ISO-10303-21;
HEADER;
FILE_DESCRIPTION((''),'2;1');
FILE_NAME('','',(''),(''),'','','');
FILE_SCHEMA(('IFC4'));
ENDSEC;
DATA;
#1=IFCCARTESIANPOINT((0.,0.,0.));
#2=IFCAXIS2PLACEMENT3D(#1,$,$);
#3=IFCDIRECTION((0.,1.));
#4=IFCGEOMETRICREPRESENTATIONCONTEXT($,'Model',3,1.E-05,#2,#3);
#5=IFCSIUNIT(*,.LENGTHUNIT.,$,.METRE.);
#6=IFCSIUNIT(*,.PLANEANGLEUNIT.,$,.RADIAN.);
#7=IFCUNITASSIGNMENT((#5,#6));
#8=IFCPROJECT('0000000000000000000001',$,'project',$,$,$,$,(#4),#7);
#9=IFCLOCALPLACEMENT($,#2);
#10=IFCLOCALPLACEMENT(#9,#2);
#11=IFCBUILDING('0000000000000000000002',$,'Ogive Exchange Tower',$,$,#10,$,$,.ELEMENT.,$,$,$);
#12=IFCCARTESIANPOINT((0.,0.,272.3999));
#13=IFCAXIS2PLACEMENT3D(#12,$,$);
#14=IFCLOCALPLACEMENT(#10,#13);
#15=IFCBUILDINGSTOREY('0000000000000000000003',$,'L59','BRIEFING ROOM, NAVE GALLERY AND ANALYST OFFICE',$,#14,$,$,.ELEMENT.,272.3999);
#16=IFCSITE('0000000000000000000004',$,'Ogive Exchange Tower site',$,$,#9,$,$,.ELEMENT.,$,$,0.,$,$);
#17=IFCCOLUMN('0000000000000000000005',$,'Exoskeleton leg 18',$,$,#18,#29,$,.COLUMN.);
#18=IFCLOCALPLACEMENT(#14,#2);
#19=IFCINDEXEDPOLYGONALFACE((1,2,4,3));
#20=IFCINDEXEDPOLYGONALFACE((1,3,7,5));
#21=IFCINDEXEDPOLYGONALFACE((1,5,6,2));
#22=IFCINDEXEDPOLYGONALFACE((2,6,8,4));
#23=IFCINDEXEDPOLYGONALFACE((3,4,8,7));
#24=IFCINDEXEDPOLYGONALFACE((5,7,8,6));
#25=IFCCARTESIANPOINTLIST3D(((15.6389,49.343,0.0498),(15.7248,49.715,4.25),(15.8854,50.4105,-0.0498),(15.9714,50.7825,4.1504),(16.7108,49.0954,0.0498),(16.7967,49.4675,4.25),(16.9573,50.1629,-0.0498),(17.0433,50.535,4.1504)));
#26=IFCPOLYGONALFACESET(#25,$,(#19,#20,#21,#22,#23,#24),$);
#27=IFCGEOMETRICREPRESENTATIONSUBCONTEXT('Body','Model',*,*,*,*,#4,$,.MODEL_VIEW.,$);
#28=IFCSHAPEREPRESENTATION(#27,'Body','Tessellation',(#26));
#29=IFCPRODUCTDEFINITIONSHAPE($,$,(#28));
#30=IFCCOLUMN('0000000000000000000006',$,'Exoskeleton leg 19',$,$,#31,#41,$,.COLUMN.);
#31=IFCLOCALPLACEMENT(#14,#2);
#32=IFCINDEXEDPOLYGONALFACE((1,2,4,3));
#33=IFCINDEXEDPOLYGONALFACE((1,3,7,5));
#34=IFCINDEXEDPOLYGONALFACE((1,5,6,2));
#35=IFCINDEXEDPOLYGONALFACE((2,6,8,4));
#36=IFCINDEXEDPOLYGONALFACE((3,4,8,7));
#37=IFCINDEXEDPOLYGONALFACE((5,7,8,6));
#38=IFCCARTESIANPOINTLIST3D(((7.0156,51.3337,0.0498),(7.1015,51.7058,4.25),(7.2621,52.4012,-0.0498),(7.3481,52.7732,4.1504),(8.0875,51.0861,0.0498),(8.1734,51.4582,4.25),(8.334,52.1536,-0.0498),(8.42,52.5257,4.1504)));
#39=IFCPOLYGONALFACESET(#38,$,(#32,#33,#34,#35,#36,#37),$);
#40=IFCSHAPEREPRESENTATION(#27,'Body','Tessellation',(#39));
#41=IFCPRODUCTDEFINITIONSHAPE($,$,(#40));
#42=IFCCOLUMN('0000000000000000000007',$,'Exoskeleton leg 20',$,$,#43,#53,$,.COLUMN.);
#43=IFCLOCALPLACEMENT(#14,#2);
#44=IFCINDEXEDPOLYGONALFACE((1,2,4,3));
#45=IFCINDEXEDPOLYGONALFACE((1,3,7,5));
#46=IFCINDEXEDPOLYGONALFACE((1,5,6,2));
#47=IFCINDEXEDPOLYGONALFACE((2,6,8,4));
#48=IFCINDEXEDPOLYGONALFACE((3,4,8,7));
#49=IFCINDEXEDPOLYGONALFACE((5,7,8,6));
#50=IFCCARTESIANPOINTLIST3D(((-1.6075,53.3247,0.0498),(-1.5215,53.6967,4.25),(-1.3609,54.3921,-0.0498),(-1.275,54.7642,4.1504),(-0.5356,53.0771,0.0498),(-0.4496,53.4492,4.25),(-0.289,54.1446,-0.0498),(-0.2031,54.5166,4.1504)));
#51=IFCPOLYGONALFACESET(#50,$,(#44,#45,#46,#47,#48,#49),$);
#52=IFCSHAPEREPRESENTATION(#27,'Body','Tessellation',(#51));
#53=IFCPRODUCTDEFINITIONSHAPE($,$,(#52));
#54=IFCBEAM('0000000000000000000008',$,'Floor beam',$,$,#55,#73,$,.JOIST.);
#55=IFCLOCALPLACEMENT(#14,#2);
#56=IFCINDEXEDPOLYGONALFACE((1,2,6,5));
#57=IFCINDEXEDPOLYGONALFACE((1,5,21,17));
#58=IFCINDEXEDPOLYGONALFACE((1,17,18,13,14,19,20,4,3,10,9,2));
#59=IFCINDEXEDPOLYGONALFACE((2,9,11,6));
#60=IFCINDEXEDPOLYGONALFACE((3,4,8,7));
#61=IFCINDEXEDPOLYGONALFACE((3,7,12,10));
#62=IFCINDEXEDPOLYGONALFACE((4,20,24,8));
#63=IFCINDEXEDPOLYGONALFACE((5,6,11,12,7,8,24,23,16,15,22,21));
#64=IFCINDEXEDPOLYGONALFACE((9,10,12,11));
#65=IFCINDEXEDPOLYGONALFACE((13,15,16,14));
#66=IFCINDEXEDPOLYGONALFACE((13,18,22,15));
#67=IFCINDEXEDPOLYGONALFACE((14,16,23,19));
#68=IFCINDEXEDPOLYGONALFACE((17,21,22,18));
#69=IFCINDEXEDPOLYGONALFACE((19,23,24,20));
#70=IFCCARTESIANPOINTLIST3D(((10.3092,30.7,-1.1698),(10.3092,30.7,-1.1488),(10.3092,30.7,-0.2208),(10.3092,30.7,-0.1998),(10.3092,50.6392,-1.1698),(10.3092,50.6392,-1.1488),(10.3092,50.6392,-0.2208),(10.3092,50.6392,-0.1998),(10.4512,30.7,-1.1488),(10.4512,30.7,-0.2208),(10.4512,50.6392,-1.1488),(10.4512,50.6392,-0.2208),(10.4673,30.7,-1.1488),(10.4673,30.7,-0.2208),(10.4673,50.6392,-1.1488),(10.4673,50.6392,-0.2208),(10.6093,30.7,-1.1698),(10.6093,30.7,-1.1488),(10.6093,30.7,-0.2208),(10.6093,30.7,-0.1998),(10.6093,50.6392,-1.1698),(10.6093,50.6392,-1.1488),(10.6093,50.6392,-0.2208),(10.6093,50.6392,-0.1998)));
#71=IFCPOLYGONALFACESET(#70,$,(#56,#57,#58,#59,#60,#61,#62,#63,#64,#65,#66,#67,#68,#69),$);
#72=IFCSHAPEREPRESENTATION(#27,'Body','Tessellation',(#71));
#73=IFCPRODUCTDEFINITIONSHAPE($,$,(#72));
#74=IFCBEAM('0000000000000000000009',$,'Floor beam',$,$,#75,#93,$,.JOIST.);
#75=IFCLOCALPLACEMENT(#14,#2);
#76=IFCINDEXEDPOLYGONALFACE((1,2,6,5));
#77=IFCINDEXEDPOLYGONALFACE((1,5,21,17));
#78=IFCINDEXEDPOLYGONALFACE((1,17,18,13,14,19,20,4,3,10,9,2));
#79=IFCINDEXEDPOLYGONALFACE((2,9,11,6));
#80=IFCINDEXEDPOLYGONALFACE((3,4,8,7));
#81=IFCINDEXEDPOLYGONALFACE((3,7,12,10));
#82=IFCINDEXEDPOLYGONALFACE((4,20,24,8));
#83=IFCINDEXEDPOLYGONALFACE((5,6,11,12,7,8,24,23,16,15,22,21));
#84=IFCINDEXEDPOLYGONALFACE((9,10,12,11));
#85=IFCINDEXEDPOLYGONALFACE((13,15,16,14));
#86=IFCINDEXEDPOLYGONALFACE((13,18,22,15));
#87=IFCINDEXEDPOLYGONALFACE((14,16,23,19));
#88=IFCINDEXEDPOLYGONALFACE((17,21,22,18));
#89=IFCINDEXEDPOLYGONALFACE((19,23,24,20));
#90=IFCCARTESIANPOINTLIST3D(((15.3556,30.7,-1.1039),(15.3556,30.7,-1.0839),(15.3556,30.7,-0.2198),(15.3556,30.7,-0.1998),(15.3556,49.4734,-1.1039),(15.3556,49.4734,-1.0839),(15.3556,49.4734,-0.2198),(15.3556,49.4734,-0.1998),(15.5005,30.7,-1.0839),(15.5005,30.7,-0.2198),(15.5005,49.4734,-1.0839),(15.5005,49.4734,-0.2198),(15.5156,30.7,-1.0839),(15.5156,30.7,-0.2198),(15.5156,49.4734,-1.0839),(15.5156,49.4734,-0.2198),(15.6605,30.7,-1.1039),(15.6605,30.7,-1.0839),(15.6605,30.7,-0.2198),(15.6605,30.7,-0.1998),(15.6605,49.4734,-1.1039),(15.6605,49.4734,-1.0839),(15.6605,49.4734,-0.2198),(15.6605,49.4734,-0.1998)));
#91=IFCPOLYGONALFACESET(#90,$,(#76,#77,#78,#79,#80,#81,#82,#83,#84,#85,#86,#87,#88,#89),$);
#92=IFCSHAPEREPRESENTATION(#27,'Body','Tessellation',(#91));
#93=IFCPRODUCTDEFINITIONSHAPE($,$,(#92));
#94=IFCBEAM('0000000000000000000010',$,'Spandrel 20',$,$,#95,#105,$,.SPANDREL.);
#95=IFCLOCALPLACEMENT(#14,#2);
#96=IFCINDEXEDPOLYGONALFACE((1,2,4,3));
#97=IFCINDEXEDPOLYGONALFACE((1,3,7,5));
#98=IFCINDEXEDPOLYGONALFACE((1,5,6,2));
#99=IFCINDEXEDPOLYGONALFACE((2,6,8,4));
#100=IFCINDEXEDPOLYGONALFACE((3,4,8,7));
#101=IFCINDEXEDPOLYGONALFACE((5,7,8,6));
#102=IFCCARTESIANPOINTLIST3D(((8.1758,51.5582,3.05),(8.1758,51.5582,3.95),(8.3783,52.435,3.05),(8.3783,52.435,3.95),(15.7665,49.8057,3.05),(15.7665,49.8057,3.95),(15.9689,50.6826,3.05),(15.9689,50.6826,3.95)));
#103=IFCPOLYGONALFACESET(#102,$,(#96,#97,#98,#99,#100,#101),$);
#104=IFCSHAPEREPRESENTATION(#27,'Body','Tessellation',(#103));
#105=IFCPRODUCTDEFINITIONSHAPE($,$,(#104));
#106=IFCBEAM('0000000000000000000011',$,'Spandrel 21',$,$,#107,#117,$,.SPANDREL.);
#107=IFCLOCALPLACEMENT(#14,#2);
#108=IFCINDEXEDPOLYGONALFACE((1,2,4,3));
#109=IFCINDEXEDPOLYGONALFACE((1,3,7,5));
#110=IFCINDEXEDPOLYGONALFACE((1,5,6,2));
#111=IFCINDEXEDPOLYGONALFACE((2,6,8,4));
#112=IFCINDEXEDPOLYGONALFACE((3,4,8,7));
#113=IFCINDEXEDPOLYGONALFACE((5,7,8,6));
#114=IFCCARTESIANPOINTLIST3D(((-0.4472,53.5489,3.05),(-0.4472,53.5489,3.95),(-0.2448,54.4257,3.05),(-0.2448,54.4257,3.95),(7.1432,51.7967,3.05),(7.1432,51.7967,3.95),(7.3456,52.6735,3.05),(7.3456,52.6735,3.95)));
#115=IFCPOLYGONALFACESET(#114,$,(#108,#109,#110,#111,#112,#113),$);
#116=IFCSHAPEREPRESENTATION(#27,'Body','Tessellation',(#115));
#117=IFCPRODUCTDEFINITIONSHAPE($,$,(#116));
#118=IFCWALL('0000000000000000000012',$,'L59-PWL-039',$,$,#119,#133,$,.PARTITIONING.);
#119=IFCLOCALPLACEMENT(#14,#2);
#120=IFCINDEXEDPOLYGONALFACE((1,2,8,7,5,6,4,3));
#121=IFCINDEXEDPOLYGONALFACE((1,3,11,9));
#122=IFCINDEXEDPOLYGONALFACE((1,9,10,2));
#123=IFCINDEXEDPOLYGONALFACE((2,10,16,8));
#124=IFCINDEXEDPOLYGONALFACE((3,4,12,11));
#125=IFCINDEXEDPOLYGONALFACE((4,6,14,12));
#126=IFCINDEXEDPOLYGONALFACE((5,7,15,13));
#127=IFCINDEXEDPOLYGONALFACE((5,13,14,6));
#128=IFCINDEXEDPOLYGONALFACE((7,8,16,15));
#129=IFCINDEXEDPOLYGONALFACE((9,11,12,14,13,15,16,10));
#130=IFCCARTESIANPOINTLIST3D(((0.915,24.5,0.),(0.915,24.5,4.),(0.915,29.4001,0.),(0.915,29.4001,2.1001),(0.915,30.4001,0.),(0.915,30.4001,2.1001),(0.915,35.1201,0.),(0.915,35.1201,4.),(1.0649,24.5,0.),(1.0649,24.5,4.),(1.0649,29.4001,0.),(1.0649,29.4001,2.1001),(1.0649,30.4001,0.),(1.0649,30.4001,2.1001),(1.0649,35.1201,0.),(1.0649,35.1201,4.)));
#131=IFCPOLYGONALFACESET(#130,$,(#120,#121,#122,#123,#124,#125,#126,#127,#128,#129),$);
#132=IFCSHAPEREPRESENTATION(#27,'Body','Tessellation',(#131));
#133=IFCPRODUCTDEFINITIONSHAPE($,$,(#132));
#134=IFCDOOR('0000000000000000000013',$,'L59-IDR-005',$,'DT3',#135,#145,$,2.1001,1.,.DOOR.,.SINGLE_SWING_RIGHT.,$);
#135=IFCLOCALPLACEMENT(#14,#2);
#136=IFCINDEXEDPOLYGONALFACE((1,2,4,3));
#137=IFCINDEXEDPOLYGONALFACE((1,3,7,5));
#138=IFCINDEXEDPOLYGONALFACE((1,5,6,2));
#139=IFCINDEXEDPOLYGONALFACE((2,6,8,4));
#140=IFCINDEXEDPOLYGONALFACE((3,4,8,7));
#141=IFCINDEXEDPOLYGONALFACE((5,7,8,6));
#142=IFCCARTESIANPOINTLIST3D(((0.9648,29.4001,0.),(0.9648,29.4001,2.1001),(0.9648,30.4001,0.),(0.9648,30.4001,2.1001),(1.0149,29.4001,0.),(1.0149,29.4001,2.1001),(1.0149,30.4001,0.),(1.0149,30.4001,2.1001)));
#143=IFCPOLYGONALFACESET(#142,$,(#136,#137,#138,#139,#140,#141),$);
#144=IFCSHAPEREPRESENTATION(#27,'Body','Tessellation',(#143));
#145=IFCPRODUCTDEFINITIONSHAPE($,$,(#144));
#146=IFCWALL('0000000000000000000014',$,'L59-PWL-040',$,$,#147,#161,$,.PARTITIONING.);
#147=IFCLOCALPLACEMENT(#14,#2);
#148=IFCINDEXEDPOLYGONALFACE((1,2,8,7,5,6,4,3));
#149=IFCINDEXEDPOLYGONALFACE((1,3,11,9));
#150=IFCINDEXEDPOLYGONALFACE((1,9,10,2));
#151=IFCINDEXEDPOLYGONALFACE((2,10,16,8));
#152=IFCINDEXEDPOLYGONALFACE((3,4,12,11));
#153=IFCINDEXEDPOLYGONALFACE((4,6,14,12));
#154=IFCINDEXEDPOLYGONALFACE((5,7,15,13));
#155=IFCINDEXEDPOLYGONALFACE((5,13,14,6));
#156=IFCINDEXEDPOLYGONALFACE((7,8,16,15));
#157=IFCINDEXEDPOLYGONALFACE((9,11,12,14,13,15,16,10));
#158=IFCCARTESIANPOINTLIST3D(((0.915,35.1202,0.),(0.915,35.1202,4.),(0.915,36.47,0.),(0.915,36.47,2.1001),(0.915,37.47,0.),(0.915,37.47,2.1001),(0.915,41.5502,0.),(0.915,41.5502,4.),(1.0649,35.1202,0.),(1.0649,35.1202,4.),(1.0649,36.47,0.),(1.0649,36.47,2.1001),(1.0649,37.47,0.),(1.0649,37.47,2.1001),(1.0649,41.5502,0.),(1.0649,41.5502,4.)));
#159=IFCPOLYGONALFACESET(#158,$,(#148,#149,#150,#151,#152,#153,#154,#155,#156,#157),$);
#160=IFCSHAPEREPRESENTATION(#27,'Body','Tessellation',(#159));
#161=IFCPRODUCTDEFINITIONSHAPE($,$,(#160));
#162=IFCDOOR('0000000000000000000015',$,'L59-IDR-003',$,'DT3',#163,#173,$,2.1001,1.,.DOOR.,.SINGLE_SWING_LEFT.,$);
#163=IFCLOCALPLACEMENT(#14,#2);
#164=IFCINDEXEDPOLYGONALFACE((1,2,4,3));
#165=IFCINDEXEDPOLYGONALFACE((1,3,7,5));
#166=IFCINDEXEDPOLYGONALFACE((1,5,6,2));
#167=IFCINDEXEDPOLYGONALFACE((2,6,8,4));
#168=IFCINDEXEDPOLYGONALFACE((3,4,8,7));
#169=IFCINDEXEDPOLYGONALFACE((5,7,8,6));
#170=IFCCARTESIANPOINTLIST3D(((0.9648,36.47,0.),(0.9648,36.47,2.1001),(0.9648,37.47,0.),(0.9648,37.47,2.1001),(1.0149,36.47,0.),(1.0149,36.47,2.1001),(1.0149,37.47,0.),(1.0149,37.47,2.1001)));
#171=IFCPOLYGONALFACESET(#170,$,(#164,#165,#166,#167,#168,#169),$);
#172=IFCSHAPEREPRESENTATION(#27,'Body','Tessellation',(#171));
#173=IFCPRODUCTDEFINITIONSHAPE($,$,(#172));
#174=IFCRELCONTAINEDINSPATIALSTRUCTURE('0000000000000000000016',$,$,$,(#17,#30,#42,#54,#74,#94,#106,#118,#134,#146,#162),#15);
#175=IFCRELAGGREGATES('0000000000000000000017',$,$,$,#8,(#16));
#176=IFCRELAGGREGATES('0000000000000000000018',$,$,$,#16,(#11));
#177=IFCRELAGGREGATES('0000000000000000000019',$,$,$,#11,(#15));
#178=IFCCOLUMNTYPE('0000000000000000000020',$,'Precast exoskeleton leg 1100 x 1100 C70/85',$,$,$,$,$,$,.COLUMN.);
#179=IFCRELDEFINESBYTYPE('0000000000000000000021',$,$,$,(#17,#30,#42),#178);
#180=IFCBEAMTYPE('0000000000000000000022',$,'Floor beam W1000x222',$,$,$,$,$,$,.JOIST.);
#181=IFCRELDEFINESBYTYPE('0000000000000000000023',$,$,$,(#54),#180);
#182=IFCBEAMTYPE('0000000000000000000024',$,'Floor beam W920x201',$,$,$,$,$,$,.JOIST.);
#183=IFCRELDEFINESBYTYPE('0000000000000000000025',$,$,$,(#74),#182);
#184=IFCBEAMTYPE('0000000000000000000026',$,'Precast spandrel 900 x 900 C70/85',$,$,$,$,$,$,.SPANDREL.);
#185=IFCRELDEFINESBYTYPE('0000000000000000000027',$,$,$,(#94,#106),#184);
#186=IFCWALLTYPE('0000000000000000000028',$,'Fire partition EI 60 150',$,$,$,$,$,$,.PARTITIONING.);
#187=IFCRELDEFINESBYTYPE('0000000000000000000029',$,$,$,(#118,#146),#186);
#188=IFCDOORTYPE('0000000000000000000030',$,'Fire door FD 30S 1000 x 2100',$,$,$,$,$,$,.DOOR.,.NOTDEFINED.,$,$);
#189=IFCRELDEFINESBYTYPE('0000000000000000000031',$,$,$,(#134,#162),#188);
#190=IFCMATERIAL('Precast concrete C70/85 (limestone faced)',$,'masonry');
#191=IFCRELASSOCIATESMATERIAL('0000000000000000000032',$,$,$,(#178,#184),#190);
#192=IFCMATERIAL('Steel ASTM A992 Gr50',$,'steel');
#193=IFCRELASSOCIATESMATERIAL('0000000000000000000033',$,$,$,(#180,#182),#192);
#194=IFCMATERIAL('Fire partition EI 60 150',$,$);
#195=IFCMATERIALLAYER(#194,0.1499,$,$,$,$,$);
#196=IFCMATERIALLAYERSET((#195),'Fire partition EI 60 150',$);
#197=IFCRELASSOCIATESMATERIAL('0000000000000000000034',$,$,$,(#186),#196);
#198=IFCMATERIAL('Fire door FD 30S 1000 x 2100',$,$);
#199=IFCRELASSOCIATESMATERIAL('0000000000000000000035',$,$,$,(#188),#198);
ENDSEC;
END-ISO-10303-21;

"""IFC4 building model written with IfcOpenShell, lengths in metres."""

from ifc_helpers import new_model, si_unit, direction, frame, frame_2d, origin, origin_2d, place, context, subcontext, project, spatial, rectangle, i_section, extrude, material, layer, layer_set, material_profile, profile_set, type_object, element, fill, save


model = new_model("IFC4")

# Units and contexts
model_context = context("Model", 3, precision=1e-05, world=origin(), true_north=direction((0.0, 1.0)))
body_context = subcontext(model_context, "Body", "Model", "MODEL_VIEW")
ifc_project = project(units=[si_unit("LENGTHUNIT", "METRE"), si_unit("PLANEANGLEUNIT", "RADIAN")], contexts=[model_context])

# Site, building, storey
site_placement = place(None, origin())
site = spatial("IfcSite", under=ifc_project, at=site_placement, Name="Ogive Exchange Tower site", CompositionType="ELEMENT", RefElevation=0.0)
building_placement = place(site_placement, origin())
building = spatial("IfcBuilding", under=site, at=building_placement, Name="Ogive Exchange Tower", CompositionType="ELEMENT")
storey_placement = place(building_placement, frame((0.0, 0.0, 272.3999)))
storey = spatial("IfcBuildingStorey", under=building, at=storey_placement, Name="L59", Description="BRIEFING ROOM, NAVE GALLERY AND ANALYST OFFICE", CompositionType="ELEMENT", Elevation=272.3999)

# Columns
ifc_material_1 = material(Name="Precast concrete C70/85 (limestone faced)", Category="masonry")
ifc_material_profile_1 = material_profile(ifc_material_1, rectangle(XDim=1.1001, YDim=1.1001, at=origin_2d()), Name="1100 x 1100")
ifc_profile_set_1 = profile_set([ifc_material_profile_1], Name="Precast concrete C70/85 (limestone faced)")
column_type = type_object("IfcColumnType", Name="Precast exoskeleton leg 1100 x 1100 C70/85", PredefinedType="COLUMN", material=ifc_profile_set_1)
for number, where, z_axis, x_axis, name in (
    (1, (16.2981, 49.7529, 0.0), (0.020376, 0.08822, 0.995893), (-0.974348, 0.225046, 0.0), "Exoskeleton leg 18"),
    (2, (7.6748, 51.7437, 0.0), (0.020376, 0.08822, 0.995893), (-0.974348, 0.225046, 0.0), "Exoskeleton leg 19"),
    (3, (-0.9482, 53.7346, 0.0), (0.020376, 0.08822, 0.995893), (-0.974348, 0.225046, 0.0), "Exoskeleton leg 20"),
):
    element("IfcColumn", number, at=place(storey_placement, frame(where, z_axis=z_axis, x_axis=x_axis)), inside=storey, type_object=column_type, Name=name, PredefinedType="COLUMN", context=body_context, shape_type="SweptSolid", body=[
        extrude(rectangle(XDim=1.1001, YDim=1.1001, at=origin_2d()), origin(), (0.0, 0.0, 1.0), 4.2175),
    ])

# Beams
ifc_material_2 = material(Name="Steel ASTM A992 Gr50", Category="steel")
ifc_material_profile_2 = material_profile(ifc_material_2, i_section(OverallWidth=0.3, OverallDepth=0.97, WebThickness=0.0161, FlangeThickness=0.021, at=origin_2d()), Name="W1000x222")
ifc_profile_set_2 = profile_set([ifc_material_profile_2], Name="Steel ASTM A992 Gr50")
beam_type_1 = type_object("IfcBeamType", Name="Floor beam W1000x222", PredefinedType="JOIST", material=ifc_profile_set_2)
beam_1_placement = place(storey_placement, frame((10.4592, 30.7, -0.6848), z_axis=(0.0, 1.0, 0.0), x_axis=(-1.0, 0.0, 0.0)))
element("IfcBeam", 4, at=beam_1_placement, inside=storey, type_object=beam_type_1, Name="Floor beam", PredefinedType="JOIST", context=body_context, shape_type="SweptSolid", body=[
    extrude(i_section(OverallWidth=0.3, OverallDepth=0.97, WebThickness=0.0161, FlangeThickness=0.021, at=origin_2d()), origin(), (0.0, 0.0, 1.0), 19.9392),
])
ifc_material_profile_3 = material_profile(ifc_material_2, i_section(OverallWidth=0.3049, OverallDepth=0.9041, WebThickness=0.0151, FlangeThickness=0.02, at=origin_2d()), Name="W920x201")
ifc_profile_set_3 = profile_set([ifc_material_profile_3], Name="Steel ASTM A992 Gr50")
beam_type_2 = type_object("IfcBeamType", Name="Floor beam W920x201", PredefinedType="JOIST", material=ifc_profile_set_3)
beam_2_placement = place(storey_placement, frame((15.5081, 30.7, -0.6519), z_axis=(0.0, 1.0, 0.0), x_axis=(-1.0, 0.0, 0.0)))
element("IfcBeam", 5, at=beam_2_placement, inside=storey, type_object=beam_type_2, Name="Floor beam", PredefinedType="JOIST", context=body_context, shape_type="SweptSolid", body=[
    extrude(i_section(OverallWidth=0.3049, OverallDepth=0.9041, WebThickness=0.0151, FlangeThickness=0.02, at=origin_2d()), origin(), (0.0, 0.0, 1.0), 18.7734),
])
ifc_material_profile_4 = material_profile(ifc_material_1, rectangle(XDim=0.8999, YDim=0.8999, at=origin_2d()), Name="900 x 900")
ifc_profile_set_4 = profile_set([ifc_material_profile_4], Name="Precast concrete C70/85 (limestone faced)")
beam_type_3 = type_object("IfcBeamType", Name="Precast spandrel 900 x 900 C70/85", PredefinedType="SPANDREL", material=ifc_profile_set_4)
beam_3_placement = place(storey_placement, frame((15.8677, 50.2441, 3.5), z_axis=(-0.97437, 0.224953, 0.0), x_axis=(-0.224953, -0.97437, 0.0)))
element("IfcBeam", 6, at=beam_3_placement, inside=storey, type_object=beam_type_3, Name="Spandrel 20", PredefinedType="SPANDREL", context=body_context, shape_type="SweptSolid", body=[
    extrude(rectangle(XDim=0.8999, YDim=0.8999, at=origin_2d()), origin(), (0.0, 0.0, 1.0), 7.7903),
])
beam_4_placement = place(storey_placement, frame((7.2444, 52.2351, 3.5), z_axis=(-0.974375, 0.22493, 0.0), x_axis=(-0.22493, -0.974375, 0.0)))
element("IfcBeam", 7, at=beam_4_placement, inside=storey, type_object=beam_type_3, Name="Spandrel 21", PredefinedType="SPANDREL", context=body_context, shape_type="SweptSolid", body=[
    extrude(rectangle(XDim=0.8999, YDim=0.8999, at=origin_2d()), origin(), (0.0, 0.0, 1.0), 7.79),
])

# Walls, openings, doors
ifc_material_3 = material(Name="Fire partition EI 60 150")
ifc_layer_1 = layer(ifc_material_3, 0.1499)
ifc_layer_set_1 = layer_set([ifc_layer_1], Name="Fire partition EI 60 150")
wall_type_1 = type_object("IfcWallType", Name="Fire partition EI 60 150", PredefinedType="PARTITIONING", material=ifc_layer_set_1)
wall_1_placement = place(storey_placement, frame((0.99, 35.1201, 0.0), z_axis=(0.0, 0.0, 1.0), x_axis=(0.0, -1.0, 0.0)))
wall_1 = element("IfcWall", 8, at=wall_1_placement, inside=storey, type_object=wall_type_1, Name="L59-PWL-039", PredefinedType="PARTITIONING", context=body_context, shape_type="SweptSolid", body=[
    extrude(rectangle(XDim=10.6201, YDim=0.1499, at=frame_2d((5.3101, 0.0))), origin(), (0.0, 0.0, 1.0), 4.0),
])
opening_1_placement = place(wall_1_placement, frame((4.72, 0.0, 0.0)))
opening_1 = element("IfcOpeningElement", 9, at=opening_1_placement, cuts=wall_1, PredefinedType="OPENING", context=body_context, shape_type="SweptSolid", body=[
    extrude(rectangle(XDim=1.0, YDim=2.1001, at=frame_2d((0.5, 1.05))), frame((0.0, 0.085, 0.0), z_axis=(0.0, -1.0, 0.0), x_axis=(1.0, 0.0, 0.0)), (0.0, 0.0, 1.0), 0.1699),
])
ifc_material_4 = material(Name="Fire door FD 30S 1000 x 2100")
door_type_1 = type_object("IfcDoorType", Name="Fire door FD 30S 1000 x 2100", OperationType="NOTDEFINED", PredefinedType="DOOR", material=ifc_material_4)
door_1_placement = place(opening_1_placement, origin())
door_1 = element("IfcDoor", 10, at=door_1_placement, inside=storey, type_object=door_type_1, Name="L59-IDR-005", ObjectType="DT3", OperationType="SINGLE_SWING_RIGHT", OverallHeight=2.1001, OverallWidth=1.0, PredefinedType="DOOR", context=body_context, shape_type="SweptSolid", body=[
    extrude(rectangle(XDim=1.0, YDim=2.1001, at=frame_2d((0.5, 1.05))), frame((0.0, 0.0249, 0.0), z_axis=(0.0, -1.0, 0.0), x_axis=(1.0, 0.0, 0.0)), (0.0, 0.0, 1.0), 0.05),
])
fill(opening_1, door_1)
wall_2_placement = place(storey_placement, frame((0.99, 41.55, 0.0), z_axis=(0.0, 0.0, 1.0), x_axis=(0.0, -1.0, 0.0)))
wall_2 = element("IfcWall", 11, at=wall_2_placement, inside=storey, type_object=wall_type_1, Name="L59-PWL-040", PredefinedType="PARTITIONING", context=body_context, shape_type="SweptSolid", body=[
    extrude(rectangle(XDim=6.4299, YDim=0.1499, at=frame_2d((3.2148, 0.0))), origin(), (0.0, 0.0, 1.0), 4.0),
])
opening_2_placement = place(wall_2_placement, frame((4.0801, 0.0, 0.0)))
opening_2 = element("IfcOpeningElement", 12, at=opening_2_placement, cuts=wall_2, PredefinedType="OPENING", context=body_context, shape_type="SweptSolid", body=[
    extrude(rectangle(XDim=1.0, YDim=2.1001, at=frame_2d((0.5, 1.05))), frame((0.0, 0.085, 0.0), z_axis=(0.0, -1.0, 0.0), x_axis=(1.0, 0.0, 0.0)), (0.0, 0.0, 1.0), 0.1699),
])
door_2_placement = place(opening_2_placement, origin())
door_2 = element("IfcDoor", 13, at=door_2_placement, inside=storey, type_object=door_type_1, Name="L59-IDR-003", ObjectType="DT3", OperationType="SINGLE_SWING_LEFT", OverallHeight=2.1001, OverallWidth=1.0, PredefinedType="DOOR", context=body_context, shape_type="SweptSolid", body=[
    extrude(rectangle(XDim=1.0, YDim=2.1001, at=frame_2d((0.5, 1.05))), frame((0.0, 0.0249, 0.0), z_axis=(0.0, -1.0, 0.0), x_axis=(1.0, 0.0, 0.0)), (0.0, 0.0, 1.0), 0.05),
])
fill(opening_2, door_2)

save(model, "model.ifc")
